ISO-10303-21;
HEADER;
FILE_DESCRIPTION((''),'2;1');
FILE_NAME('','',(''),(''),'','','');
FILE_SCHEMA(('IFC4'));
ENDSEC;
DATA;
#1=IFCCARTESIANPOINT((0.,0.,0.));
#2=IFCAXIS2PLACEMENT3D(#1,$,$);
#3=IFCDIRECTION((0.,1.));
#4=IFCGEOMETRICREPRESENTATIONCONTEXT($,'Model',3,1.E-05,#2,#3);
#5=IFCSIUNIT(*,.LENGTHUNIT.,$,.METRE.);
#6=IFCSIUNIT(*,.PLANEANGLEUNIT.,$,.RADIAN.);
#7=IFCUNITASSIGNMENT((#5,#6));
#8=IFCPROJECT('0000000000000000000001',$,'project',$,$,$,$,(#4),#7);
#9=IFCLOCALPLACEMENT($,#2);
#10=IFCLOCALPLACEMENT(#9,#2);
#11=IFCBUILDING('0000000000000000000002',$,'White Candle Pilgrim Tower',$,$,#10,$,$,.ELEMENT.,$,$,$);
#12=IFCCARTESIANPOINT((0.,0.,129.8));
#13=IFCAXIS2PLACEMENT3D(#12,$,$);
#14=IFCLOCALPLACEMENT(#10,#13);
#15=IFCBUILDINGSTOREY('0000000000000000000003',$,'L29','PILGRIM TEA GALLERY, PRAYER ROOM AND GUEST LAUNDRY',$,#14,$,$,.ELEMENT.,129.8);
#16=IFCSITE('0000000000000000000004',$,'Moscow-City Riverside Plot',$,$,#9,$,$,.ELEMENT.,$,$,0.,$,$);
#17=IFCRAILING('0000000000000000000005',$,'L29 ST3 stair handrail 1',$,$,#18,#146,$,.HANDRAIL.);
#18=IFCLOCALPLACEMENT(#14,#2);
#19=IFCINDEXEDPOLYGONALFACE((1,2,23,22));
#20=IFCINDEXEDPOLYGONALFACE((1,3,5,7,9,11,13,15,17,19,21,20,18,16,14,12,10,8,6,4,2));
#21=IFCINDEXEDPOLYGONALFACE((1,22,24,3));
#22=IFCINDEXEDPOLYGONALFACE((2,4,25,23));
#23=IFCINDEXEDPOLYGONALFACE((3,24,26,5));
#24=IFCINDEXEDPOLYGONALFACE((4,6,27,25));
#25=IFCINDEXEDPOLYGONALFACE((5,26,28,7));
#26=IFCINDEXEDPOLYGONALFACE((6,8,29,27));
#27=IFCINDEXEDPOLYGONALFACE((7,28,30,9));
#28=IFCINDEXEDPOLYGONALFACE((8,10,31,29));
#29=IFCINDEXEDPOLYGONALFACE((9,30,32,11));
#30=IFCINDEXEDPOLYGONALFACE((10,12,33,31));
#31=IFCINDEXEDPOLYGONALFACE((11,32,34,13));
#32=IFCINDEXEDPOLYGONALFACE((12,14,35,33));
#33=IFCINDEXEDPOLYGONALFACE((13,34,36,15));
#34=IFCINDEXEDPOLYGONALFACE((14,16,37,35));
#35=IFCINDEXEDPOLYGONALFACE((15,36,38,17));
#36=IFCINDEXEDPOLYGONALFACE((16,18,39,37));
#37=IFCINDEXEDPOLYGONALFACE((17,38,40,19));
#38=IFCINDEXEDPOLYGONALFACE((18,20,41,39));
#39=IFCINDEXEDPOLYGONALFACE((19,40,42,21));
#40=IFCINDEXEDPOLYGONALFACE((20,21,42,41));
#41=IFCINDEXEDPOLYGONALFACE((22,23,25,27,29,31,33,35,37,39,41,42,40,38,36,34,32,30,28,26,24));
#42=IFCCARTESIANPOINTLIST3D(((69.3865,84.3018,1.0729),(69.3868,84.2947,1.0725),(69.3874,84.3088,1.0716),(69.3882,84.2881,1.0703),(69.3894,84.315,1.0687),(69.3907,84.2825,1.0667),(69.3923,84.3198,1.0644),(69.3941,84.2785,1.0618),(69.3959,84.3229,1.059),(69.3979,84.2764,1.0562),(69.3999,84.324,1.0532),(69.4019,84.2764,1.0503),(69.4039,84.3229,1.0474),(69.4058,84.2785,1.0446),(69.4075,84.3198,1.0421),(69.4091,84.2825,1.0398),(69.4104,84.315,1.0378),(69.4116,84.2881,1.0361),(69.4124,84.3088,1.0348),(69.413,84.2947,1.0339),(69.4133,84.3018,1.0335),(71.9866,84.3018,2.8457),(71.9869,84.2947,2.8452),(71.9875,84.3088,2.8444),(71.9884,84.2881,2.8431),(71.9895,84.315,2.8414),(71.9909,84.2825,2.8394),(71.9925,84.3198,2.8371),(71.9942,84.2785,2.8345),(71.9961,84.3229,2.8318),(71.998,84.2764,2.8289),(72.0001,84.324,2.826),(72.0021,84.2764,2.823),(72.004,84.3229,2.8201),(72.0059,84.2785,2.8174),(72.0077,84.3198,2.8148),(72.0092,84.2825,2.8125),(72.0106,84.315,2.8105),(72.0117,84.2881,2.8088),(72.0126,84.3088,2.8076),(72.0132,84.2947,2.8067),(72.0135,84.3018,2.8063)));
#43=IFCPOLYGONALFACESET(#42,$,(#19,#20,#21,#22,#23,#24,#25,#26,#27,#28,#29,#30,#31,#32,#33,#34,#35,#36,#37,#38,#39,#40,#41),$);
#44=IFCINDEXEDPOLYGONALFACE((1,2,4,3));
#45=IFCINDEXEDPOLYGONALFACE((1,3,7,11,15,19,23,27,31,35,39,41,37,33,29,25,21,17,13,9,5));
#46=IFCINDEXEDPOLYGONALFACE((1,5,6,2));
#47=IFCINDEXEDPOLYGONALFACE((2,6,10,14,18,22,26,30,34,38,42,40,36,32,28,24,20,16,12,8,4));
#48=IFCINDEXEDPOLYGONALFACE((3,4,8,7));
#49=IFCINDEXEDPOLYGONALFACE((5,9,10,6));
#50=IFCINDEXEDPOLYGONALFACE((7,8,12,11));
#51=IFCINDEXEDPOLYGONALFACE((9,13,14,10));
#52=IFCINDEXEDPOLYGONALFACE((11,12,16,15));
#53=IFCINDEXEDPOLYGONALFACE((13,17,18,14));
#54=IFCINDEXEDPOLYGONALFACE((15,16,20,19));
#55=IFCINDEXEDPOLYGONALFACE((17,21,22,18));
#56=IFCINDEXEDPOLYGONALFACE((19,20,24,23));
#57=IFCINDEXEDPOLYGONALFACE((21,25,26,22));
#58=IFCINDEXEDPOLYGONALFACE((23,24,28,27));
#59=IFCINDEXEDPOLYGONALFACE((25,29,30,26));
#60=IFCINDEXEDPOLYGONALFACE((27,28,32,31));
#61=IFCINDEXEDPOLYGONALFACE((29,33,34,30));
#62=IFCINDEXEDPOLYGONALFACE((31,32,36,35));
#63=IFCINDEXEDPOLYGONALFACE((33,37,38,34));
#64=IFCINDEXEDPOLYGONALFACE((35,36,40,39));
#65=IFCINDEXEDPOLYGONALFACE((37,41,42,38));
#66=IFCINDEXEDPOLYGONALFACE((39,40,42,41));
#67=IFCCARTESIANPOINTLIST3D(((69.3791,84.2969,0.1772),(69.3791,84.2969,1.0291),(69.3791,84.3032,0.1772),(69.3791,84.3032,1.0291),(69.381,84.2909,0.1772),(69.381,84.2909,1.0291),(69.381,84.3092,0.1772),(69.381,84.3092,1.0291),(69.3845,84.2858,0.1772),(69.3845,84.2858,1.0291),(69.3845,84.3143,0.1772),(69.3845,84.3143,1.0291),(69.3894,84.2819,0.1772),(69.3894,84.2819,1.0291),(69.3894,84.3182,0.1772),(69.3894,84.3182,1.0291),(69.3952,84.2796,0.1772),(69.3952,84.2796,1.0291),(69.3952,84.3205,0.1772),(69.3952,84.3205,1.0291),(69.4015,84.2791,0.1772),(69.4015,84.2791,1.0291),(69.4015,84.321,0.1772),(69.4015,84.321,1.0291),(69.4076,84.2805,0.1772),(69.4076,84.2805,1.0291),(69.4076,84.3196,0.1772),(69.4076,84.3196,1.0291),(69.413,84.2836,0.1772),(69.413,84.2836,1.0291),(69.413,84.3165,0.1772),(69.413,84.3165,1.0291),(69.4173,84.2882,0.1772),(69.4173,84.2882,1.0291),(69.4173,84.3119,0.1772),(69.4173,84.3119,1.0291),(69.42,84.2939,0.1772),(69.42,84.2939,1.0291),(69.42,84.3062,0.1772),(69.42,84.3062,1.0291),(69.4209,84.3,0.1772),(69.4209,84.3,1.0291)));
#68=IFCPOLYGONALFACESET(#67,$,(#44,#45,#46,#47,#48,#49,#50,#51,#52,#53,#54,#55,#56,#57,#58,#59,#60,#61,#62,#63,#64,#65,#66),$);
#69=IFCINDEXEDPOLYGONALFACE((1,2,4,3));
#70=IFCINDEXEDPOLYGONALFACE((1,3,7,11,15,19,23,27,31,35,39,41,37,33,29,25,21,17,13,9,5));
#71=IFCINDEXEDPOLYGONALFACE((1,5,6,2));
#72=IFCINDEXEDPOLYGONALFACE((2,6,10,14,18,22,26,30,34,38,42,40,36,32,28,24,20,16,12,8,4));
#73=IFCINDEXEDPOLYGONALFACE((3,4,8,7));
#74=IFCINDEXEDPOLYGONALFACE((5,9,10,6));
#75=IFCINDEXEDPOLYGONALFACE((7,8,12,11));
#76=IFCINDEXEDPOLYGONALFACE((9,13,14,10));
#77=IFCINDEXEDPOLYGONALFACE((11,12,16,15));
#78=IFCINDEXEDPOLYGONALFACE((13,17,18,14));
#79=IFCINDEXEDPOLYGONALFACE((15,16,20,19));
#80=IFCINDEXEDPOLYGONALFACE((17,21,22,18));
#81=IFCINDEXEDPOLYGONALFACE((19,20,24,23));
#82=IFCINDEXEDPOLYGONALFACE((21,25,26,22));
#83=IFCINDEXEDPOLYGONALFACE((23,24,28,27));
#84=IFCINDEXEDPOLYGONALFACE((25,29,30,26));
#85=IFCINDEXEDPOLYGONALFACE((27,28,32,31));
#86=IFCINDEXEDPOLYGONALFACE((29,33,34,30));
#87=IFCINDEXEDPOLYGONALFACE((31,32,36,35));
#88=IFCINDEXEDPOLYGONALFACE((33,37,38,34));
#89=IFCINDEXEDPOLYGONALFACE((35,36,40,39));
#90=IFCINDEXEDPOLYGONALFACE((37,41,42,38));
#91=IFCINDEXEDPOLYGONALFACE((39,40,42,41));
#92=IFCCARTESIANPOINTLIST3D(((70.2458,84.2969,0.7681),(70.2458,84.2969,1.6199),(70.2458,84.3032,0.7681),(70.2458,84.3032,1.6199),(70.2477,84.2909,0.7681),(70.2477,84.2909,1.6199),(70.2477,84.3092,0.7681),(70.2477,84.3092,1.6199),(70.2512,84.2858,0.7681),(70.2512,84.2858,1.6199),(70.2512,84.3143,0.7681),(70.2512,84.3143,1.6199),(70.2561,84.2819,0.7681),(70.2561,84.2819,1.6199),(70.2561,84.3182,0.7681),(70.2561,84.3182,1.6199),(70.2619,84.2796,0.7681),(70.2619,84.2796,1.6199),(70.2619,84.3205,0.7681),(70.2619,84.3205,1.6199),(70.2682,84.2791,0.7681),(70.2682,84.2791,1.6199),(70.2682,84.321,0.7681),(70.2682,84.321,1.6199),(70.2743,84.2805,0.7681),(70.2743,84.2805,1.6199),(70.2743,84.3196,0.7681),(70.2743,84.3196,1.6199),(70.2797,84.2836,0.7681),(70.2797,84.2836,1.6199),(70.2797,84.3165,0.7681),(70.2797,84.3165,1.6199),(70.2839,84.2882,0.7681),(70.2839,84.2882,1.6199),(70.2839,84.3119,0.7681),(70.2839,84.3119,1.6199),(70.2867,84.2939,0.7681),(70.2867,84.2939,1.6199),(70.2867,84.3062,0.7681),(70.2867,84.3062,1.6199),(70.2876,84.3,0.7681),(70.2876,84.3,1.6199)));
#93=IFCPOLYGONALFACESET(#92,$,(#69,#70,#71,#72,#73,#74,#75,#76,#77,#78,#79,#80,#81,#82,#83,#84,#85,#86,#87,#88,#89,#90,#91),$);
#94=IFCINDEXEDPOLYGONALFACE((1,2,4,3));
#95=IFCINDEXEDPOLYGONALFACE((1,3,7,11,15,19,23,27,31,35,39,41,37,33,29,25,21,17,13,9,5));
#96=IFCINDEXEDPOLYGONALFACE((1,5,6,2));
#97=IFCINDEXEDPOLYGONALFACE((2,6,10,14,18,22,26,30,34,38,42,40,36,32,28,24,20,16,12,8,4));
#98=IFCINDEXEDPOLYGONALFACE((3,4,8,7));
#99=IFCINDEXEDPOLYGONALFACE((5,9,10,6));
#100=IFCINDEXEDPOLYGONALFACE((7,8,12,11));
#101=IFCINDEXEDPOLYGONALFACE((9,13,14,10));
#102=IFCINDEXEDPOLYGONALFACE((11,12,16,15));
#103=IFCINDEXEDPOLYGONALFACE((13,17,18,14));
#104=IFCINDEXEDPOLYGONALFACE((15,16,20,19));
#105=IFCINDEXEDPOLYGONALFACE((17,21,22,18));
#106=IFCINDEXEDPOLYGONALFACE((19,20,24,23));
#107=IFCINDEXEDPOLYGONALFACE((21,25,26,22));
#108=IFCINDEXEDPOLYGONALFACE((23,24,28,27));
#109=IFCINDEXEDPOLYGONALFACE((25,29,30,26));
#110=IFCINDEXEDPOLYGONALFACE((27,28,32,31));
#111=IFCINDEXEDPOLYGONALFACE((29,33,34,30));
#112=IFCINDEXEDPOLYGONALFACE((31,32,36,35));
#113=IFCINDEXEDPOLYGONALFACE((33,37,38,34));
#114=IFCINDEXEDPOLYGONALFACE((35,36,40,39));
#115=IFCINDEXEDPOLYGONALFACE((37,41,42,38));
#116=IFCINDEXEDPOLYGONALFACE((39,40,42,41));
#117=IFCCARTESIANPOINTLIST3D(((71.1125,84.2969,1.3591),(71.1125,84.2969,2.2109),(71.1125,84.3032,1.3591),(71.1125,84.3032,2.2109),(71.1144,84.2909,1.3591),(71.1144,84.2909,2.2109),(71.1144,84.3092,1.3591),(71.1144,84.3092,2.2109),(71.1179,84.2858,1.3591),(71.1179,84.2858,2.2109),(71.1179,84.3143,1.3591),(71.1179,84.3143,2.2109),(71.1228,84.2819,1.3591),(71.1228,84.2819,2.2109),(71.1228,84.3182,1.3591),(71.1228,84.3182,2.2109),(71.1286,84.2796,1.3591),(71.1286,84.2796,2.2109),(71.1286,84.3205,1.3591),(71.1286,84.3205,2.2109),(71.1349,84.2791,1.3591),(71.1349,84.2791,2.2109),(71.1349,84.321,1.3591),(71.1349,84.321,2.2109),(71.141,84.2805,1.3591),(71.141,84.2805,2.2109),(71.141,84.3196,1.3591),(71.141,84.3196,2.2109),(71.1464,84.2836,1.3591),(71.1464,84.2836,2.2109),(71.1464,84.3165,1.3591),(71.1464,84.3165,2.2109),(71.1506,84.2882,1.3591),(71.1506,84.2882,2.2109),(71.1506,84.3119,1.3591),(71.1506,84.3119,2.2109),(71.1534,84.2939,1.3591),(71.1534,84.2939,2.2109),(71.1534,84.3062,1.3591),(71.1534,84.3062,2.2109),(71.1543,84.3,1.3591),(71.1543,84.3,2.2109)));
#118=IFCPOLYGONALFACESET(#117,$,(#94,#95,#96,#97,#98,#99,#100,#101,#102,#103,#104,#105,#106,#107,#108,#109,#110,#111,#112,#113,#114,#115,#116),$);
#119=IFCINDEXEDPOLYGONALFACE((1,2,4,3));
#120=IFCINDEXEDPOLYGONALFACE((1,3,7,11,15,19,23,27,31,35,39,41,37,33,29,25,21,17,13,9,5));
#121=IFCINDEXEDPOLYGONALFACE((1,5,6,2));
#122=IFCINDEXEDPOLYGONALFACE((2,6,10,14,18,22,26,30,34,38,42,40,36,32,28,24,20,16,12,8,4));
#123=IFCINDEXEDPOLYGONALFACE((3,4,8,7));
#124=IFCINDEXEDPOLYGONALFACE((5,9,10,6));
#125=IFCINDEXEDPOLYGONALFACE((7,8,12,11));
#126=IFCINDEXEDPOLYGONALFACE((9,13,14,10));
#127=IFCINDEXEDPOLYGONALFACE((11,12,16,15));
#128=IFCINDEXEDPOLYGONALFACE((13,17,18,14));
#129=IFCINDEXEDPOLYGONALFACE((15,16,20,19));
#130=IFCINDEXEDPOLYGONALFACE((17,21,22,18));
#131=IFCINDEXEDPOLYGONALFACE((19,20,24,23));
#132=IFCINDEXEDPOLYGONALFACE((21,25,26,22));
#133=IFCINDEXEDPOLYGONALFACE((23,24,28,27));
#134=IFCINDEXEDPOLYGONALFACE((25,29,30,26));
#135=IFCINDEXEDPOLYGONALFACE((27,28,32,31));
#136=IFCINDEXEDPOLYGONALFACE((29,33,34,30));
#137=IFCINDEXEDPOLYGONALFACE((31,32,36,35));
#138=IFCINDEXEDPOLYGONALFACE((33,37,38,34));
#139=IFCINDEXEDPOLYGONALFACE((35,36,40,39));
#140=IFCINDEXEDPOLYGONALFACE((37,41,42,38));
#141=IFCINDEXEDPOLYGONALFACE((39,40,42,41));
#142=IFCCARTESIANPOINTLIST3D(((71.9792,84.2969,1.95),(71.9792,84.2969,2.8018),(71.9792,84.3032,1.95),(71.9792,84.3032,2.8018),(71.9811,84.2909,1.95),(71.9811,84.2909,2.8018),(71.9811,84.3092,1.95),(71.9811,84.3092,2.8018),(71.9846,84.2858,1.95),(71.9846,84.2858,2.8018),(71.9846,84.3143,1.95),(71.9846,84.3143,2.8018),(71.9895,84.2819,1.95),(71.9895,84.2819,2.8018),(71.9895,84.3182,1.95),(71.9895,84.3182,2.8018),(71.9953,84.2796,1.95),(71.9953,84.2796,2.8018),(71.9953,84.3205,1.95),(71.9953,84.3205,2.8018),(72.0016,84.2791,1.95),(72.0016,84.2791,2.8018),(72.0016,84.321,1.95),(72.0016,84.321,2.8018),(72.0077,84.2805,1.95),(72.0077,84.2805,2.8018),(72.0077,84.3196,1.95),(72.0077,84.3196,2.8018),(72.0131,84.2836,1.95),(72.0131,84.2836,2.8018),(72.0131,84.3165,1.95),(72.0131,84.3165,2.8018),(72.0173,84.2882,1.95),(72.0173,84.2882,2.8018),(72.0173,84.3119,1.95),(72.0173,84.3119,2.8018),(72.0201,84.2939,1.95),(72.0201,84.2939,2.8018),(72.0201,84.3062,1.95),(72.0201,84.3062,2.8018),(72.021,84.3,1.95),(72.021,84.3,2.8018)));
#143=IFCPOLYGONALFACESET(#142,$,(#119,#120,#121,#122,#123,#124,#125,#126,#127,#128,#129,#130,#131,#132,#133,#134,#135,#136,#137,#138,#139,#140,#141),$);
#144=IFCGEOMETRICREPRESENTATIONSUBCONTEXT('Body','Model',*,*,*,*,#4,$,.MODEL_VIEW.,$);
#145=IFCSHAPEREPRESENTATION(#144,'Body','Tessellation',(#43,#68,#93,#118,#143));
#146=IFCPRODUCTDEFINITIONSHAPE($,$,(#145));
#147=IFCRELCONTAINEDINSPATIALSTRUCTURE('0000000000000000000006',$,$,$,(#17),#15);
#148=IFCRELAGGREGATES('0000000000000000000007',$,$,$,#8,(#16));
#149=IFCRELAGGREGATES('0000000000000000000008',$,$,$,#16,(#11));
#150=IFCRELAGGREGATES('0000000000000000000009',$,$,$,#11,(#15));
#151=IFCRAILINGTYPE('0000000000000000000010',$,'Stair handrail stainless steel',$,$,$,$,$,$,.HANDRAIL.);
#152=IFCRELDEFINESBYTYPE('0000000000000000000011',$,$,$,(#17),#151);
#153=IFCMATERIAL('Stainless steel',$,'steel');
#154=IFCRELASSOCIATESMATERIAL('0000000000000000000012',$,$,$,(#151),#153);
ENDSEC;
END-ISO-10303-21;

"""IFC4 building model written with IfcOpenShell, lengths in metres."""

from ifc_helpers import new_model, si_unit, direction, frame, origin, origin_2d, place, context, subcontext, project, spatial, circle, extrude, material, type_object, element, save


model = new_model("IFC4")

# Units and contexts
model_context = context("Model", 3, precision=1e-05, world=origin(), true_north=direction((0.0, 1.0)))
body_context = subcontext(model_context, "Body", "Model", "MODEL_VIEW")
ifc_project = project(units=[si_unit("LENGTHUNIT", "METRE"), si_unit("PLANEANGLEUNIT", "RADIAN")], contexts=[model_context])

# Site, building, storey
site_placement = place(None, origin())
site = spatial("IfcSite", under=ifc_project, at=site_placement, Name="Moscow-City Riverside Plot", CompositionType="ELEMENT", RefElevation=0.0)
building_placement = place(site_placement, origin())
building = spatial("IfcBuilding", under=site, at=building_placement, Name="White Candle Pilgrim Tower", CompositionType="ELEMENT")
storey_placement = place(building_placement, frame((0.0, 0.0, 129.8)))
storey = spatial("IfcBuildingStorey", under=building, at=storey_placement, Name="L29", Description="PILGRIM TEA GALLERY, PRAYER ROOM AND GUEST LAUNDRY", CompositionType="ELEMENT", Elevation=129.8)

# Railing
ifc_material_1 = material(Name="Stainless steel", Category="steel")
railing_type_1 = type_object("IfcRailingType", Name="Stair handrail stainless steel", PredefinedType="HANDRAIL", material=ifc_material_1)
railing_1_placement = place(storey_placement, frame((69.3999, 84.3, 0.1772)))
element("IfcRailing", 1, at=railing_1_placement, inside=storey, type_object=railing_type_1, Name="L29 ST3 stair handrail 1", PredefinedType="HANDRAIL", context=body_context, shape_type="SweptSolid", body=[
    extrude(circle(Radius=0.0239, at=origin_2d()), frame((0.0, 0.0, 0.876), z_axis=(0.82624, 0.0, 0.563318), x_axis=(0.0, 1.0, 0.0)), (0.0, 0.0, 1.0), 3.147),
    extrude(circle(Radius=0.021, at=origin_2d()), origin(), (0.0, 0.0, 1.0), 0.8518),
    extrude(circle(Radius=0.021, at=origin_2d()), frame((0.8667, 0.0, 0.5908)), (0.0, 0.0, 1.0), 0.8518),
    extrude(circle(Radius=0.021, at=origin_2d()), frame((1.7334, 0.0, 1.1819)), (0.0, 0.0, 1.0), 0.8518),
    extrude(circle(Radius=0.021, at=origin_2d()), frame((2.6001, 0.0, 1.7727)), (0.0, 0.0, 1.0), 0.8518),
])

save(model, "model.ifc")
